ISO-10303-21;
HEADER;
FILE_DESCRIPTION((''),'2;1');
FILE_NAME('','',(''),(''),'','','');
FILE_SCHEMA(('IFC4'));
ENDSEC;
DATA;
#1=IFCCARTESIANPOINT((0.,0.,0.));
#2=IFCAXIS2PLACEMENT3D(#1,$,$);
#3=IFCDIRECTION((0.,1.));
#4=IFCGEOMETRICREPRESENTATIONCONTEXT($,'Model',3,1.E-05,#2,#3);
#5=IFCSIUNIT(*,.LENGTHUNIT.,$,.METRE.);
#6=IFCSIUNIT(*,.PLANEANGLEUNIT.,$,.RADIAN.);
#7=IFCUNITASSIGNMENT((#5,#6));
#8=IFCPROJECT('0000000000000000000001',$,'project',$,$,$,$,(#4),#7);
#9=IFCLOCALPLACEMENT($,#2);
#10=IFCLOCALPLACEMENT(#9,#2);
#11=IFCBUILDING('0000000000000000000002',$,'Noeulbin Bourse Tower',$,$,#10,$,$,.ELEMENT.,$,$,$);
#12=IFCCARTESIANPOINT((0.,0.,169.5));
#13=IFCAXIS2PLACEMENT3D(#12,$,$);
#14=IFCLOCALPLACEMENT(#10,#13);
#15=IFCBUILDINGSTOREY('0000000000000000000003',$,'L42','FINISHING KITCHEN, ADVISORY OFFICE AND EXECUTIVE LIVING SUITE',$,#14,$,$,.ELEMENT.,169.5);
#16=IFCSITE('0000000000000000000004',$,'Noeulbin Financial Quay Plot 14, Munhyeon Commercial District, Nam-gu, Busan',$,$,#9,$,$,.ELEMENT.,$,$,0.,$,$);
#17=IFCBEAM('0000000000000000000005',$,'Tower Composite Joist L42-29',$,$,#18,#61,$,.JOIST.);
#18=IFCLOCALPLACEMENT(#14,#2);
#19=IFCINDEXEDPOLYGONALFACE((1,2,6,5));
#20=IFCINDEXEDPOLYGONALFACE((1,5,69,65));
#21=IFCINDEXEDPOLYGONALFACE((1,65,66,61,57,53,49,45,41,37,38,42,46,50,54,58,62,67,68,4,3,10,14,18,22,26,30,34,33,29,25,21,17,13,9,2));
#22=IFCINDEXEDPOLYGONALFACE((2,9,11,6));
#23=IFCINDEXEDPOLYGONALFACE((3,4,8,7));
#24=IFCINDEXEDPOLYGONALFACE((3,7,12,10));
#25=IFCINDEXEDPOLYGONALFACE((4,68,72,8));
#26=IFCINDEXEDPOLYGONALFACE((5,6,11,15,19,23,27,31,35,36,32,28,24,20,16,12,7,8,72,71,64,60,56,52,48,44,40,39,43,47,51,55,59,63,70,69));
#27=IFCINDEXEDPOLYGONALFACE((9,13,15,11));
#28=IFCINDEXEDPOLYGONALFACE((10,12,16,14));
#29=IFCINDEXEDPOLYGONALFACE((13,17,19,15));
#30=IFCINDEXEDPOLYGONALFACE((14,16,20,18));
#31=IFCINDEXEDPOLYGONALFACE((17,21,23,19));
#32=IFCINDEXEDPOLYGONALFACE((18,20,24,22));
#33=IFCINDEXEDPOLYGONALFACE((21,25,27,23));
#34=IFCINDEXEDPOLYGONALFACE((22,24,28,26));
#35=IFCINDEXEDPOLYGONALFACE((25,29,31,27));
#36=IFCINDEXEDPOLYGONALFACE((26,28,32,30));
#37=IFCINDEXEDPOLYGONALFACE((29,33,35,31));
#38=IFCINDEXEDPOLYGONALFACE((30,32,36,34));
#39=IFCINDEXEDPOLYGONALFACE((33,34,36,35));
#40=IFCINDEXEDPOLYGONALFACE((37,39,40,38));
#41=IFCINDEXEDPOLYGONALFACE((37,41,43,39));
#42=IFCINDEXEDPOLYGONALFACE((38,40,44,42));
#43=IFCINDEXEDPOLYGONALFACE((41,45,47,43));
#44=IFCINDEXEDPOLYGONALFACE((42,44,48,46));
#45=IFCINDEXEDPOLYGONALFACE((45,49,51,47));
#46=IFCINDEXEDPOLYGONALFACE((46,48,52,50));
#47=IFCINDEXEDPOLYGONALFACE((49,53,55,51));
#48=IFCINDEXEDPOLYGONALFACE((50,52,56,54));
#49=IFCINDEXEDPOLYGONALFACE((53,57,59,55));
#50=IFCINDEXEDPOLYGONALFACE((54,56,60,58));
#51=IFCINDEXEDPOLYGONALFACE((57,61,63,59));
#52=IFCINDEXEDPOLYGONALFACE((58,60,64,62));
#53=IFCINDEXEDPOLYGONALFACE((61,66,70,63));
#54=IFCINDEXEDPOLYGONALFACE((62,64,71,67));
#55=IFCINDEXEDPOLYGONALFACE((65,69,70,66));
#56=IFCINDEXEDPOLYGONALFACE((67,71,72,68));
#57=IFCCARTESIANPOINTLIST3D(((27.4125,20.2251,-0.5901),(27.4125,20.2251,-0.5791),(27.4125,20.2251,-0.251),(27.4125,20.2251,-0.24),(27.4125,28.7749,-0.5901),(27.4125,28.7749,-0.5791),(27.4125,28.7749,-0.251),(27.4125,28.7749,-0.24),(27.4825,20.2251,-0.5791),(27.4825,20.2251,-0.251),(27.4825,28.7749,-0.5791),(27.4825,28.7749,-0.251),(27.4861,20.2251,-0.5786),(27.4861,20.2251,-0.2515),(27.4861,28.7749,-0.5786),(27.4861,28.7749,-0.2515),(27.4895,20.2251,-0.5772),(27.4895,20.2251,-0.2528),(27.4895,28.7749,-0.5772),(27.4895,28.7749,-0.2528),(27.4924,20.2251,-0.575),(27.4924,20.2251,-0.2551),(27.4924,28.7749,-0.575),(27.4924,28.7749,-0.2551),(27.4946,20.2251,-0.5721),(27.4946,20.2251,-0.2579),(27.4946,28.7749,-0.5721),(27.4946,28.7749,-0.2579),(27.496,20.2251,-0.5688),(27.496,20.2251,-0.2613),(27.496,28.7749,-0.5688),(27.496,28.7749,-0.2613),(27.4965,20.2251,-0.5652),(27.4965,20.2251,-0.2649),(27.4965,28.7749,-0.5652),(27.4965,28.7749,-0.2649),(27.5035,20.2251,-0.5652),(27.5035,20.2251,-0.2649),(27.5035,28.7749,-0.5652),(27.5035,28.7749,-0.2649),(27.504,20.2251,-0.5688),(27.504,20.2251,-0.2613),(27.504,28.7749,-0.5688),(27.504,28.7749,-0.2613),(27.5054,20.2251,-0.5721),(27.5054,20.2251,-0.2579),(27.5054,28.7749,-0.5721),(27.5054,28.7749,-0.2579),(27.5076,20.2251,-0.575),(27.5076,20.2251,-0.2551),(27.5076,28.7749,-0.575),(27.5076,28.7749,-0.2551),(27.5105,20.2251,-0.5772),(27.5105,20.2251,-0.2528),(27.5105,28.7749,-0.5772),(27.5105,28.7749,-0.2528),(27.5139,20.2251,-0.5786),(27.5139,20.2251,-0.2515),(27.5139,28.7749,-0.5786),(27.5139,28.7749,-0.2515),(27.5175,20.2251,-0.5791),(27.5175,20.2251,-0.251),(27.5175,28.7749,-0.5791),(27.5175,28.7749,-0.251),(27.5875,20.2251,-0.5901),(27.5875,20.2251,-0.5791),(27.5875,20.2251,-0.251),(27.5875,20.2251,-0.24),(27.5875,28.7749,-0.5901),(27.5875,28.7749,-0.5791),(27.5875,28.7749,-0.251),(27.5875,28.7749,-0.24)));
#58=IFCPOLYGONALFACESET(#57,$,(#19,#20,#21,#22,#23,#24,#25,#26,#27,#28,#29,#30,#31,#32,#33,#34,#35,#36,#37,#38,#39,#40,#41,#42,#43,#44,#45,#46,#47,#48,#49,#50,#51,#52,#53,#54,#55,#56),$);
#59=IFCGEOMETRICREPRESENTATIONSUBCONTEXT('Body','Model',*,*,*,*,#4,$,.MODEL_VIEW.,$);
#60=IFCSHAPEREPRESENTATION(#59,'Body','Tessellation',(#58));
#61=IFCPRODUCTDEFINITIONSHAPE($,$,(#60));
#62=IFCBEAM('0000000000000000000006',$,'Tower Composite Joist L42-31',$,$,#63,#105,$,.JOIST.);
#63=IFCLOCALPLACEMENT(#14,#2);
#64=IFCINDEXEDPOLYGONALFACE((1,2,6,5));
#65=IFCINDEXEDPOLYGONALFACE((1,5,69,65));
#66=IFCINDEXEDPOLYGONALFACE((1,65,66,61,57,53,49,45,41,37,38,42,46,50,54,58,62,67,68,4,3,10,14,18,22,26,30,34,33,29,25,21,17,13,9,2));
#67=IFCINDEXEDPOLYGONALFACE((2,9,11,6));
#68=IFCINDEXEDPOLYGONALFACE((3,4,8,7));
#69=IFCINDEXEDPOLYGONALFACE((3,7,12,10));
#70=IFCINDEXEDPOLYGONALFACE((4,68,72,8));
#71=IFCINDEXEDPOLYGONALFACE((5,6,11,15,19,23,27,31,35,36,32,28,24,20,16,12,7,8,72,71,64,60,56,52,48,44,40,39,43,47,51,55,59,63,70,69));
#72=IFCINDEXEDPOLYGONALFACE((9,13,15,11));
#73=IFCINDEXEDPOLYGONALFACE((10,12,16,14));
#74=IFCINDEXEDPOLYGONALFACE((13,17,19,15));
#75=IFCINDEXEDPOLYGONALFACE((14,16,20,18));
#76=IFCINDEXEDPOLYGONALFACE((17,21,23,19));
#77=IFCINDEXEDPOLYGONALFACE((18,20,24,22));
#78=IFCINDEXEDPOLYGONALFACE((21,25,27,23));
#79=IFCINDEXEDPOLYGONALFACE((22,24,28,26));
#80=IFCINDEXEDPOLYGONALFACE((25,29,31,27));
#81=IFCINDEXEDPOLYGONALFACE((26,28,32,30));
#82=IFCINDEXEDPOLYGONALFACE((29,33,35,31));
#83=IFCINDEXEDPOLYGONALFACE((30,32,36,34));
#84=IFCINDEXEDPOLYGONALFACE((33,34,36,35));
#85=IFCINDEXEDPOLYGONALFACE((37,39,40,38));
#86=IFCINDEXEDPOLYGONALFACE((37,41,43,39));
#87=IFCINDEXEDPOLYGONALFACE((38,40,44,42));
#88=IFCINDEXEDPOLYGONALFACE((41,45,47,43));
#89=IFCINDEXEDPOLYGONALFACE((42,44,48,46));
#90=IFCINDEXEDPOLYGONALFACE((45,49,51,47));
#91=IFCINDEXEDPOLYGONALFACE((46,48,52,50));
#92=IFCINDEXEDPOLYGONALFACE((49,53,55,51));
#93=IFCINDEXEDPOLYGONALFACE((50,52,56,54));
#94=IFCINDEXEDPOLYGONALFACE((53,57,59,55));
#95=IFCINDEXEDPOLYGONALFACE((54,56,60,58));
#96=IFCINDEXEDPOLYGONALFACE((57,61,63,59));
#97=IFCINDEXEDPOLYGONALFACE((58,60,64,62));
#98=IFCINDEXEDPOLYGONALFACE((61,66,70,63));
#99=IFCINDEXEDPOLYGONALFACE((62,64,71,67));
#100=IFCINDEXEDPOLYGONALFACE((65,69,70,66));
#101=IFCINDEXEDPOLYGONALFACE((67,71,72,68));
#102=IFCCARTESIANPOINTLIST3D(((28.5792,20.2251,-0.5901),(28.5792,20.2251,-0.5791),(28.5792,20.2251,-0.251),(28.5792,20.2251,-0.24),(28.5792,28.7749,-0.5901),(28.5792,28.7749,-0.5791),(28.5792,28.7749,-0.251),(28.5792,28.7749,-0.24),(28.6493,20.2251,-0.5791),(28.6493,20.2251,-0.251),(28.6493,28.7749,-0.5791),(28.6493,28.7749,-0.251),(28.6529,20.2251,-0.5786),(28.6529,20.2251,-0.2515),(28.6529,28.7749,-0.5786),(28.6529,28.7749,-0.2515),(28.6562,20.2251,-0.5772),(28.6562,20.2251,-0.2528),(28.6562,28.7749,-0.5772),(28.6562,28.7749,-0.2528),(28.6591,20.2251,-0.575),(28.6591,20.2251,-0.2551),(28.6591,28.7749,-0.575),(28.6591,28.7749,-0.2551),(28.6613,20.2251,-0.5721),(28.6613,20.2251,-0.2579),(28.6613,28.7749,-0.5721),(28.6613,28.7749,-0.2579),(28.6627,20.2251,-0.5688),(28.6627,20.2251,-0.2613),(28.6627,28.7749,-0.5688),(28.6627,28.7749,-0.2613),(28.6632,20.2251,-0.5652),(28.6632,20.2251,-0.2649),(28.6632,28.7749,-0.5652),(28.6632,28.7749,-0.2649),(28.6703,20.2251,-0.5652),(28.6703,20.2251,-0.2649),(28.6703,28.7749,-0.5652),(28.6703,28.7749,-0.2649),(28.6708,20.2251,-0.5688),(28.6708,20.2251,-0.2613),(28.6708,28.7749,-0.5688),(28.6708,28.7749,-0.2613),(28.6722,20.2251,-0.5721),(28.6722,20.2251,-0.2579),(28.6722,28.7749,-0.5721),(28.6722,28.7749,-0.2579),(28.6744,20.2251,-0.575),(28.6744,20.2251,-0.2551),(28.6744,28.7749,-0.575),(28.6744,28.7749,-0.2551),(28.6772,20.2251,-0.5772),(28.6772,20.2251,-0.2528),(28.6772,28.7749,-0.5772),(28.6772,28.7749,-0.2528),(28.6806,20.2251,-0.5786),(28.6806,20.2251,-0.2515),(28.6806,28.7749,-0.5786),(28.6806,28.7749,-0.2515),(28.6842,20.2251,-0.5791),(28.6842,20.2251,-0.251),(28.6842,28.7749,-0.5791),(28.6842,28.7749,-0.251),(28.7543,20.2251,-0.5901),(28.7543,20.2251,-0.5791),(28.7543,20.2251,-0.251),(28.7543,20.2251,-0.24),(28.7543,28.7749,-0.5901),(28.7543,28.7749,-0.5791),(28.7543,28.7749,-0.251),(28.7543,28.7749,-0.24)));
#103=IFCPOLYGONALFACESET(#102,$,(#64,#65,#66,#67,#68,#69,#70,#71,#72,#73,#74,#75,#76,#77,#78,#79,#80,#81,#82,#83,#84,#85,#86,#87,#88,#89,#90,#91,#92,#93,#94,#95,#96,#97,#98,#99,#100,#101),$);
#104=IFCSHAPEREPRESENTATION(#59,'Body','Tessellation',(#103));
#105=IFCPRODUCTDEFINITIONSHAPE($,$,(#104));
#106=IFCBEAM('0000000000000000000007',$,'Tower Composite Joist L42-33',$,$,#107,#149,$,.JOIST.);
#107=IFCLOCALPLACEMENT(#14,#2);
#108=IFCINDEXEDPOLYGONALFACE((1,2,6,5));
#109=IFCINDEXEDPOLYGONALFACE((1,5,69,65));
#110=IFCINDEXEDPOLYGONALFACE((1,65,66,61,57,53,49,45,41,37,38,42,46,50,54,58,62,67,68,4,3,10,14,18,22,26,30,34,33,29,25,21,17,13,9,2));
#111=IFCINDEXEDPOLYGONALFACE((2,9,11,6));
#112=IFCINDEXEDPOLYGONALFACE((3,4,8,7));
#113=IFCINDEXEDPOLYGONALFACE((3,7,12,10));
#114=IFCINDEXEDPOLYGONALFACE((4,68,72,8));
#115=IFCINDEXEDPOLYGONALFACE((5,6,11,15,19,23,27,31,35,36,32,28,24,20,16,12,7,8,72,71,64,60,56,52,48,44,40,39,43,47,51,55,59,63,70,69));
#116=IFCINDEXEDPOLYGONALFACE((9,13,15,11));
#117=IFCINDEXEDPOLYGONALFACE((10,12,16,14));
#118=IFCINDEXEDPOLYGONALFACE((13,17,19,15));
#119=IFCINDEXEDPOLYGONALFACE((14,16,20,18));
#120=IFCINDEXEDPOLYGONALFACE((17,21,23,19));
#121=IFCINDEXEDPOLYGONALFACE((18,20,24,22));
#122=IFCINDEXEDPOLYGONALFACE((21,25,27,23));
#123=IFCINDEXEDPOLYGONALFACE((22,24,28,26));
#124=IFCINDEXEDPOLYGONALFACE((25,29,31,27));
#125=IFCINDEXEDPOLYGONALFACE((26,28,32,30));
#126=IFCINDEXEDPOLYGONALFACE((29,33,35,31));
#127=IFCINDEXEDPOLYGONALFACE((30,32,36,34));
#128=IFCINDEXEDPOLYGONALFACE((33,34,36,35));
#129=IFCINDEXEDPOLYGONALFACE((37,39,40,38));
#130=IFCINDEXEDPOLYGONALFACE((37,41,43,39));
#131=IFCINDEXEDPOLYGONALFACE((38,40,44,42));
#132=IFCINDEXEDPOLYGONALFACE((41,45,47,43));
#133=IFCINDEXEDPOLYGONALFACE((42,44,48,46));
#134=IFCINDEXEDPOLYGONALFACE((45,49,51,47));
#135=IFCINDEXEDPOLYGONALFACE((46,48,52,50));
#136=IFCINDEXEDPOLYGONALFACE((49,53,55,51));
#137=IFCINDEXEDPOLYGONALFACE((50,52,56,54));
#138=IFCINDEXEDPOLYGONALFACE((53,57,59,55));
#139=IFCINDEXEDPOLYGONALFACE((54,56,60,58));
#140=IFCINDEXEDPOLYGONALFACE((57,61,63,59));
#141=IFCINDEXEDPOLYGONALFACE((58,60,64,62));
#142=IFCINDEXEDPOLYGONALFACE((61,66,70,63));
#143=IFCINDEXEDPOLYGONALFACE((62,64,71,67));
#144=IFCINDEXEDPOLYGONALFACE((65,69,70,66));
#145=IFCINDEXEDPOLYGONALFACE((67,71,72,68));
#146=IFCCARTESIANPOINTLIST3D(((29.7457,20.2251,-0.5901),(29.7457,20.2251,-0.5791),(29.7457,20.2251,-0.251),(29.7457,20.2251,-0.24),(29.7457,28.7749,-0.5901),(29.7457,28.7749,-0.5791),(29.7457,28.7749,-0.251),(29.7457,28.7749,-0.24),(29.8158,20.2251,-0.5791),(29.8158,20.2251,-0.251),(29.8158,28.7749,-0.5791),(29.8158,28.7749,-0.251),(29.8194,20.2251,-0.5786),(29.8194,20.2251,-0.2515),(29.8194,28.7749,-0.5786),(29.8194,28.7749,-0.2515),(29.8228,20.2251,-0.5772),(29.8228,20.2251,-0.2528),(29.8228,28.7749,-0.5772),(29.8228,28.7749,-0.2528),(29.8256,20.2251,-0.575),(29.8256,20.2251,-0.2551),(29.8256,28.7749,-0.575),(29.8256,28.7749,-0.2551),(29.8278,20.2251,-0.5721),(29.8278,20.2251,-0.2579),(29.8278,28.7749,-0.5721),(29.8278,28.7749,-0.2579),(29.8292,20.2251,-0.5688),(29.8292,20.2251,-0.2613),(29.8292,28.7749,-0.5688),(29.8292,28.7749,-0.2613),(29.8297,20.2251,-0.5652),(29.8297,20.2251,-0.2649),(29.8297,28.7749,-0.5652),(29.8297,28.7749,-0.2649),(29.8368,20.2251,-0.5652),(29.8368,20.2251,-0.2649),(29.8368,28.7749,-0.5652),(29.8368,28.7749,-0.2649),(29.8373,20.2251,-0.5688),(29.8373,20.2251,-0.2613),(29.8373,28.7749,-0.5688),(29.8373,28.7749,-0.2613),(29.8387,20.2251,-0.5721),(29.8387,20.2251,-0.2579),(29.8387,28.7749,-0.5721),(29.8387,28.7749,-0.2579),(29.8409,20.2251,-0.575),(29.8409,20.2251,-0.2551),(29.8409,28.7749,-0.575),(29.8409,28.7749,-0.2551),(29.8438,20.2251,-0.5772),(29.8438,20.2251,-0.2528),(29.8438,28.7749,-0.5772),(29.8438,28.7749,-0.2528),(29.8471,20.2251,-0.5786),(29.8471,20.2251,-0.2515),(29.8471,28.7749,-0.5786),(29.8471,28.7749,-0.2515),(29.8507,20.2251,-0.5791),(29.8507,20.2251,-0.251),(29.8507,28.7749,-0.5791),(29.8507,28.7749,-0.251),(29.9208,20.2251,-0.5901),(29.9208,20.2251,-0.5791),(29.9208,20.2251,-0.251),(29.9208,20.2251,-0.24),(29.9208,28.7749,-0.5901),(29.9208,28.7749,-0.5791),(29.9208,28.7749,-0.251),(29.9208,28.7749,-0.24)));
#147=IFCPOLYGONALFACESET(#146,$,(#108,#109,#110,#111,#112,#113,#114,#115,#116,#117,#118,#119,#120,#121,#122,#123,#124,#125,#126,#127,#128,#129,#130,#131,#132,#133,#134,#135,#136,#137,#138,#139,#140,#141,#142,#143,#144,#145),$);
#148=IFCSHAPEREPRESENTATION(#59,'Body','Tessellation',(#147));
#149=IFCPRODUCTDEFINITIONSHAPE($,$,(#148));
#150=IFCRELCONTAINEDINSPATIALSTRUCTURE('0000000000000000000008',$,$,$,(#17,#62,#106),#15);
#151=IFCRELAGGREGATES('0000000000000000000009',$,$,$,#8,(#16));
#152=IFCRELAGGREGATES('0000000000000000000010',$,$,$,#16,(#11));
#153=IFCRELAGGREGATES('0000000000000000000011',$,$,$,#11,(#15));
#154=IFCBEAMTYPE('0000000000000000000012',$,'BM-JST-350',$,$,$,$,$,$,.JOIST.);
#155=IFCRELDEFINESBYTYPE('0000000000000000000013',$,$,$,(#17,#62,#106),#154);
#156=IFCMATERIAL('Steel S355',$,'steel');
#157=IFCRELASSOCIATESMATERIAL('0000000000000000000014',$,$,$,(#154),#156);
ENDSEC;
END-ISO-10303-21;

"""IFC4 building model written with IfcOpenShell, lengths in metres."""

from ifc_helpers import new_model, si_unit, direction, frame, origin, origin_2d, place, context, subcontext, project, spatial, i_section, extrude, material, material_profile, profile_set, type_object, element, save


model = new_model("IFC4")

# Units and contexts
model_context = context("Model", 3, precision=1e-05, world=origin(), true_north=direction((0.0, 1.0)))
body_context = subcontext(model_context, "Body", "Model", "MODEL_VIEW")
ifc_project = project(units=[si_unit("LENGTHUNIT", "METRE"), si_unit("PLANEANGLEUNIT", "RADIAN")], contexts=[model_context])

# Site, building, storey
site_placement = place(None, origin())
site = spatial("IfcSite", under=ifc_project, at=site_placement, Name="Noeulbin Financial Quay Plot 14, Munhyeon Commercial District, Nam-gu, Busan", CompositionType="ELEMENT", RefElevation=0.0)
building_placement = place(site_placement, origin())
building = spatial("IfcBuilding", under=site, at=building_placement, Name="Noeulbin Bourse Tower", CompositionType="ELEMENT")
storey_placement = place(building_placement, frame((0.0, 0.0, 169.5)))
storey = spatial("IfcBuildingStorey", under=building, at=storey_placement, Name="L42", Description="FINISHING KITCHEN, ADVISORY OFFICE AND EXECUTIVE LIVING SUITE", CompositionType="ELEMENT", Elevation=169.5)

# Beams
ifc_material_1 = material(Name="Steel S355", Category="steel")
ifc_material_profile_1 = material_profile(ifc_material_1, i_section(OverallWidth=0.175, OverallDepth=0.3501, WebThickness=0.0071, FlangeThickness=0.011, FilletRadius=0.0139, at=origin_2d()), Name="H-350x175x7x11", Category="LoadBearing")
ifc_profile_set_1 = profile_set([ifc_material_profile_1], Name="Steel S355")
beam_type = type_object("IfcBeamType", Name="BM-JST-350", PredefinedType="JOIST", material=ifc_profile_set_1)
for number, where, z_axis, x_axis, name in (
    (1, (27.5, 20.2251, -0.415), (0.0, 1.0, 0.0), (-1.0, 0.0, 0.0), "Tower Composite Joist L42-29"),
    (2, (28.6667, 20.2251, -0.415), (0.0, 1.0, 0.0), (-1.0, 0.0, 0.0), "Tower Composite Joist L42-31"),
    (3, (29.8333, 20.2251, -0.415), (0.0, 1.0, 0.0), (-1.0, 0.0, 0.0), "Tower Composite Joist L42-33"),
):
    element("IfcBeam", number, at=place(storey_placement, frame(where, z_axis=z_axis, x_axis=x_axis)), inside=storey, type_object=beam_type, Name=name, PredefinedType="JOIST", context=body_context, shape_type="SweptSolid", body=[
        extrude(i_section(OverallWidth=0.175, OverallDepth=0.3501, WebThickness=0.0071, FlangeThickness=0.011, FilletRadius=0.0139, at=origin_2d()), origin(), (0.0, 0.0, 1.0), 8.5498),
    ])

save(model, "model.ifc")
